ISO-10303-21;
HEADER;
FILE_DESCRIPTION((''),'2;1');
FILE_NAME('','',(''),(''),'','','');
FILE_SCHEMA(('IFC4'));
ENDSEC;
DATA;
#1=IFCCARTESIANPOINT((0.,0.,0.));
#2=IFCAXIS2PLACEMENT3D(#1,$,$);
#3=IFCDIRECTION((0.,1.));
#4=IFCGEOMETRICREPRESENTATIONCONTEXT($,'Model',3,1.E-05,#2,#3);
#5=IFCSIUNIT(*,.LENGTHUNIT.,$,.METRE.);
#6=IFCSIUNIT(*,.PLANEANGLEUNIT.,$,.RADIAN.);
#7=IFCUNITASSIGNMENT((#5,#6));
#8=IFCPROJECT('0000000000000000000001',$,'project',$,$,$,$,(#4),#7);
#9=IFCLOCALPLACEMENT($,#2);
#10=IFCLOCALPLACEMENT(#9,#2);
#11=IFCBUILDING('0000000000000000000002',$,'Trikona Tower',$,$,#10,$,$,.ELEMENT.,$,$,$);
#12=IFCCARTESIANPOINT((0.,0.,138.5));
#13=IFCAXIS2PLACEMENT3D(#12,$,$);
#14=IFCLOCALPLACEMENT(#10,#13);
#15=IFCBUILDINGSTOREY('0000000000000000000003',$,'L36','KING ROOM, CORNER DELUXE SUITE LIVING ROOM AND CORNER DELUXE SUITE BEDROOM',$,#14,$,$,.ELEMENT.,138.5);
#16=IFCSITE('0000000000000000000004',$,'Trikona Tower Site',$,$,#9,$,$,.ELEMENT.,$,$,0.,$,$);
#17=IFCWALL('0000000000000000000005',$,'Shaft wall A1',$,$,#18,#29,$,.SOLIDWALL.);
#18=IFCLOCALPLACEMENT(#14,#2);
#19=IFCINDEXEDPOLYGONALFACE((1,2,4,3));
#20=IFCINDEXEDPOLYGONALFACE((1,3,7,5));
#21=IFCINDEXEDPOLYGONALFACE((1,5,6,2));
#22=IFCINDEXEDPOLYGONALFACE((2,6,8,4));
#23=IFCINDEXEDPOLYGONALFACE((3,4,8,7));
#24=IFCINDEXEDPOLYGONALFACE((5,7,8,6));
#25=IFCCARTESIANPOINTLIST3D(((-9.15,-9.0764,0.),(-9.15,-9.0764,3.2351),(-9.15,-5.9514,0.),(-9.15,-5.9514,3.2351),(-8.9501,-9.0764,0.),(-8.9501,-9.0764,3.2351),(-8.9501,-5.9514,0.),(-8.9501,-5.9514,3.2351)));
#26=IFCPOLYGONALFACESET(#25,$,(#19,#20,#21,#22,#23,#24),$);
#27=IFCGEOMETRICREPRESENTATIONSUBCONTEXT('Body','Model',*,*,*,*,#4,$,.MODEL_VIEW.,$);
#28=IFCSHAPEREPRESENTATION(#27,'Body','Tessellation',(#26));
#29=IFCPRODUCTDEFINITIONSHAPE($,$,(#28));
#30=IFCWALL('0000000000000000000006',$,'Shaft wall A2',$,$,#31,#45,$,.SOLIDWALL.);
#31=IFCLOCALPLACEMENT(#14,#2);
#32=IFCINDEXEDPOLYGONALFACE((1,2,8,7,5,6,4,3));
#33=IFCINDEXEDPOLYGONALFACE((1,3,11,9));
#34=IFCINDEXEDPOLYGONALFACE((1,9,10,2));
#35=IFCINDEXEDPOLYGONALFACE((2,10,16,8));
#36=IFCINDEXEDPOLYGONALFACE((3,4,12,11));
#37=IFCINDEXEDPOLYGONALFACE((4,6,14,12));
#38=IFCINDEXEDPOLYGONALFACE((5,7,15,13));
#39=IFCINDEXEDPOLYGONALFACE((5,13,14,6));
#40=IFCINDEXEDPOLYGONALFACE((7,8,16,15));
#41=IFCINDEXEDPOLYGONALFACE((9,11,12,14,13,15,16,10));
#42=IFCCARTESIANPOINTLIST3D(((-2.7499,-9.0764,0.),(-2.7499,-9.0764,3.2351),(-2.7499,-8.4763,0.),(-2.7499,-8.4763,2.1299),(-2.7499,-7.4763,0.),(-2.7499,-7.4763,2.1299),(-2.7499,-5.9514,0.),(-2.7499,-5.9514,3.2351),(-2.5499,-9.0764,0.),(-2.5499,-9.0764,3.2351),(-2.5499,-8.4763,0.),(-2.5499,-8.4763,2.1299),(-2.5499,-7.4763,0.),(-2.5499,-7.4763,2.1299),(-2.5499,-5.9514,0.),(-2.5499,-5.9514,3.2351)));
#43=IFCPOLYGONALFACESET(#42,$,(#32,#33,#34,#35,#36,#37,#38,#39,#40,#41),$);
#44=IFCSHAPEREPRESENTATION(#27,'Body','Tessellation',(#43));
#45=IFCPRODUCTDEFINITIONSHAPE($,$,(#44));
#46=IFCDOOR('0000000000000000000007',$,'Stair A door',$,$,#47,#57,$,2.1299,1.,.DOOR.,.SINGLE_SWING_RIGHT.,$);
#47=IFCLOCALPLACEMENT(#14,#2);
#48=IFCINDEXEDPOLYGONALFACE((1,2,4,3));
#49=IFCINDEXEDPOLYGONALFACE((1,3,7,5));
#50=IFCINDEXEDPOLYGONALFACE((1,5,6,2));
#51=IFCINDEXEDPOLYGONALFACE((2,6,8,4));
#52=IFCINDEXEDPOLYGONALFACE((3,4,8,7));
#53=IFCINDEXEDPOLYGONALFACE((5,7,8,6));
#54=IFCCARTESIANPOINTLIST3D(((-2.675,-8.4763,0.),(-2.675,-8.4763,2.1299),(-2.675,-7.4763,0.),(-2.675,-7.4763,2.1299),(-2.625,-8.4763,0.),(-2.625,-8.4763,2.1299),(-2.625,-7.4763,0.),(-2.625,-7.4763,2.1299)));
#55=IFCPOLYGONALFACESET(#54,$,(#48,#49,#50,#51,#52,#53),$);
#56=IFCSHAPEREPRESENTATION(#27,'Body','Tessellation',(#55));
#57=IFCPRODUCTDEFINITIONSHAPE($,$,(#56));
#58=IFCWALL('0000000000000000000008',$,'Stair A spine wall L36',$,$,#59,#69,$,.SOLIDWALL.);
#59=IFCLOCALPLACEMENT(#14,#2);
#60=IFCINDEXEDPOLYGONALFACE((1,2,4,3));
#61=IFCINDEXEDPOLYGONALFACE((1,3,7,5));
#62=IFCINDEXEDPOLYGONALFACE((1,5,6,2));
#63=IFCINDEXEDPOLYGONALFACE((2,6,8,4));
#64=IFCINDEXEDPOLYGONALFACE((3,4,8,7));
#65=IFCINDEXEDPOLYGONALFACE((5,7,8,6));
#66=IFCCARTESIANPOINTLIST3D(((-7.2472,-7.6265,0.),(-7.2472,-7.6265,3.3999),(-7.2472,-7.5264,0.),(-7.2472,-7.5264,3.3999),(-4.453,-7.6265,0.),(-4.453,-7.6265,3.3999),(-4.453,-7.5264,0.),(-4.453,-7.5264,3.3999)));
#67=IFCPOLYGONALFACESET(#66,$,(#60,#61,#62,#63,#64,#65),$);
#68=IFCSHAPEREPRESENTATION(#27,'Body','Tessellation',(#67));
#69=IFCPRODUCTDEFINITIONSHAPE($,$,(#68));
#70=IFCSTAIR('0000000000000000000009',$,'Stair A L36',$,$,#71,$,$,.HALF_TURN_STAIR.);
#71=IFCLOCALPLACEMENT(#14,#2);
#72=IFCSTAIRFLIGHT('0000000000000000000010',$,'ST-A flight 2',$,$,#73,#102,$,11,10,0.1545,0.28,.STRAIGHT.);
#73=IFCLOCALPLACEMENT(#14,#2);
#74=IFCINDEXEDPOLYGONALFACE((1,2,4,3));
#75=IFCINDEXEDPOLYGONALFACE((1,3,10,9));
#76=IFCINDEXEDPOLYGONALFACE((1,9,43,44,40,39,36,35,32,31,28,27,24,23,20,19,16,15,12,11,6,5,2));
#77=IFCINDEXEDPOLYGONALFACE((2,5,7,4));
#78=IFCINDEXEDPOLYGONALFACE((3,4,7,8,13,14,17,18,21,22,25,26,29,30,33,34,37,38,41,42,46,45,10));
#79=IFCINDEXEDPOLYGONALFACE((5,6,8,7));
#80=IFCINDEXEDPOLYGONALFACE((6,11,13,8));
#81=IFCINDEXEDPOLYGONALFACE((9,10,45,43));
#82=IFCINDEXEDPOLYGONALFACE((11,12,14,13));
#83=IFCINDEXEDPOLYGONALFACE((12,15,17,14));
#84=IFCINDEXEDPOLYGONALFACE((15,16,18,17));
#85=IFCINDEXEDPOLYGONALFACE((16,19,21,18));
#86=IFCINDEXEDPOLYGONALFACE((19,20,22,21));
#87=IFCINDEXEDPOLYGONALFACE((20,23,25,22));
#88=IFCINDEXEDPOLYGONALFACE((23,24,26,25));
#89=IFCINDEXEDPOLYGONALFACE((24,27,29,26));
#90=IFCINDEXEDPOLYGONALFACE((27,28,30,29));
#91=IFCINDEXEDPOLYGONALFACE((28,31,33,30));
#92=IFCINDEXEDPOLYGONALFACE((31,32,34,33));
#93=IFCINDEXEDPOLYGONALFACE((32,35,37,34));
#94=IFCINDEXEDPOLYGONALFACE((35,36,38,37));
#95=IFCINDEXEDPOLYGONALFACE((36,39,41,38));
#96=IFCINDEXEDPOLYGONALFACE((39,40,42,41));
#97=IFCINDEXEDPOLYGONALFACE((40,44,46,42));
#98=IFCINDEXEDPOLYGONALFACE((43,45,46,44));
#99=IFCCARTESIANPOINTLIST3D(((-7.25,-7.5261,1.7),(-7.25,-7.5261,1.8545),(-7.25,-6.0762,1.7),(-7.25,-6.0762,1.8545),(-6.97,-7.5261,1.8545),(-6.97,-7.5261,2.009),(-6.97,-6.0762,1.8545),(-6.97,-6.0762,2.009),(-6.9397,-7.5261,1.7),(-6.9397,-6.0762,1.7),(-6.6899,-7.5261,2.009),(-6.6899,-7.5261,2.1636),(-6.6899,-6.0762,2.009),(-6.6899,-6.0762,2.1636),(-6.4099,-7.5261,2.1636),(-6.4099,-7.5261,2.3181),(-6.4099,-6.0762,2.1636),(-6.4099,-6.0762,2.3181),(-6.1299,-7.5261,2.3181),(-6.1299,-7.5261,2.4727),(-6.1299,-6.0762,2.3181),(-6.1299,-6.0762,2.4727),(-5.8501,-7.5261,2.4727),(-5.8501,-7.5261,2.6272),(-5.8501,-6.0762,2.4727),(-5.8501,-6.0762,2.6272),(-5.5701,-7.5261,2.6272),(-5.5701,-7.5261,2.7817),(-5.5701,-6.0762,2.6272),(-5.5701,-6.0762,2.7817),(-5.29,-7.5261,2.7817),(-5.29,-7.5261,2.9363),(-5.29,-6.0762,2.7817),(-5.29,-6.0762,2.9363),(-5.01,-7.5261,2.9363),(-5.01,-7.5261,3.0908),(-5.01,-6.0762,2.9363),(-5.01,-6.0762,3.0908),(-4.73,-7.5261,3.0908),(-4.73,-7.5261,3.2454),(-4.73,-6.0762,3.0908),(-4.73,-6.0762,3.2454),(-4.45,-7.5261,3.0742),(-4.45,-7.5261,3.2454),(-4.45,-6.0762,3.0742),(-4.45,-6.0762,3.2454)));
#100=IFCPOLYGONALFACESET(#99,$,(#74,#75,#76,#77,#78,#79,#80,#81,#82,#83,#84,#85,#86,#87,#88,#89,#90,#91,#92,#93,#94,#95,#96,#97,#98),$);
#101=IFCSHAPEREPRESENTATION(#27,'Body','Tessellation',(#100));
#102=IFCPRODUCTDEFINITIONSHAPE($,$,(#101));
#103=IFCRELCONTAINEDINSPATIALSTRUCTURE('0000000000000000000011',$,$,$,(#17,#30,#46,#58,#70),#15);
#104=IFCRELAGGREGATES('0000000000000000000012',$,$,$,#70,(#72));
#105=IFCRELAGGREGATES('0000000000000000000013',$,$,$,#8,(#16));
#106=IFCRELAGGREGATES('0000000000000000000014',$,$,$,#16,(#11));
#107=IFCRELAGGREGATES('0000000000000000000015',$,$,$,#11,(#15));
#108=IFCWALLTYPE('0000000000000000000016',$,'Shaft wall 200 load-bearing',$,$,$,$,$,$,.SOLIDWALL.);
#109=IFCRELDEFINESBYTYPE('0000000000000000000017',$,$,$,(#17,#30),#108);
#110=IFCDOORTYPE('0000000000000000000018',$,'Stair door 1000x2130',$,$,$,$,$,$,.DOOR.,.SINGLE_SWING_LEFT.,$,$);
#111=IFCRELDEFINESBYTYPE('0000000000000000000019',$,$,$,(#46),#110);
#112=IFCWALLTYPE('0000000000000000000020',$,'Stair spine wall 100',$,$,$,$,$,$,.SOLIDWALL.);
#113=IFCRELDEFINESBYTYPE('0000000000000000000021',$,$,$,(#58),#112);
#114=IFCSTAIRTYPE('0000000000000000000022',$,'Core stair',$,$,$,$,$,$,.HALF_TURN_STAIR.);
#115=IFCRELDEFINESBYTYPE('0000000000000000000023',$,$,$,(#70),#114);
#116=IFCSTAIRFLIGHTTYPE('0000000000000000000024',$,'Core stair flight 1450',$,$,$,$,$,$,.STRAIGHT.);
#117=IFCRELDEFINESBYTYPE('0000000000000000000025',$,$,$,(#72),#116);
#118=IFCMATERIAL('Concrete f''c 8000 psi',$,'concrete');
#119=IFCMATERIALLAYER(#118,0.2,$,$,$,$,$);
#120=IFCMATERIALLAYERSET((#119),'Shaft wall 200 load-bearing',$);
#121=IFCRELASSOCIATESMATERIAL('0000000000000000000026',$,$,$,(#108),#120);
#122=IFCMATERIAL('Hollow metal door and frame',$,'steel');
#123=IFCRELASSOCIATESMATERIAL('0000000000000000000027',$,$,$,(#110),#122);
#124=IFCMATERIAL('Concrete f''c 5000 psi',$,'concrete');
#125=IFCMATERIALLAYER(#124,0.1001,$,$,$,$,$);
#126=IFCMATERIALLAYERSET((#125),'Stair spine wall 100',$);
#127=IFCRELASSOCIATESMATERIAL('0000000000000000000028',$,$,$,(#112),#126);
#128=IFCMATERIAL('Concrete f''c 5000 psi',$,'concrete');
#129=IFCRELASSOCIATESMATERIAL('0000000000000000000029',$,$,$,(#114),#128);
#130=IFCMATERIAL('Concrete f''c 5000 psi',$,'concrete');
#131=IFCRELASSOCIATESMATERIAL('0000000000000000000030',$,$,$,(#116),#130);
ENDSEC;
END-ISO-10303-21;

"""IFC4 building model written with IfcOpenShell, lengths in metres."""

from ifc_helpers import new_model, si_unit, direction, frame, frame_2d, origin, place, context, subcontext, project, spatial, polyline, rectangle, outline, extrude, material, layer, layer_set, type_object, element, fill, aggregate, save


model = new_model("IFC4")

# Units and contexts
model_context = context("Model", 3, precision=1e-05, world=origin(), true_north=direction((0.0, 1.0)))
body_context = subcontext(model_context, "Body", "Model", "MODEL_VIEW")
ifc_project = project(units=[si_unit("LENGTHUNIT", "METRE"), si_unit("PLANEANGLEUNIT", "RADIAN")], contexts=[model_context])

# Site, building, storey
site_placement = place(None, origin())
site = spatial("IfcSite", under=ifc_project, at=site_placement, Name="Trikona Tower Site", CompositionType="ELEMENT", RefElevation=0.0)
building_placement = place(site_placement, origin())
building = spatial("IfcBuilding", under=site, at=building_placement, Name="Trikona Tower", CompositionType="ELEMENT")
storey_placement = place(building_placement, frame((0.0, 0.0, 138.5)))
storey = spatial("IfcBuildingStorey", under=building, at=storey_placement, Name="L36", Description="KING ROOM, CORNER DELUXE SUITE LIVING ROOM AND CORNER DELUXE SUITE BEDROOM", CompositionType="ELEMENT", Elevation=138.5)

# Wall
ifc_material_1 = material(Name="Concrete f'c 8000 psi", Category="concrete")
ifc_layer_1 = layer(ifc_material_1, 0.2)
ifc_layer_set_1 = layer_set([ifc_layer_1], Name="Shaft wall 200 load-bearing")
wall_type_1 = type_object("IfcWallType", Name="Shaft wall 200 load-bearing", PredefinedType="SOLIDWALL", material=ifc_layer_set_1)
wall_1_placement = place(storey_placement, frame((-9.05, -5.9514, 0.0), z_axis=(0.0, 0.0, 1.0), x_axis=(0.0, -1.0, 0.0)))
element("IfcWall", 1, at=wall_1_placement, inside=storey, type_object=wall_type_1, Name="Shaft wall A1", PredefinedType="SOLIDWALL", context=body_context, shape_type="SweptSolid", body=[
    extrude(rectangle(XDim=3.125, YDim=0.2, at=frame_2d((1.5625, 0.0))), origin(), (0.0, 0.0, 1.0), 3.2351),
])

# Wall, opening, door
wall_2_placement = place(storey_placement, frame((-2.6499, -5.9514, 0.0), z_axis=(0.0, 0.0, 1.0), x_axis=(0.0, -1.0, 0.0)))
wall_2 = element("IfcWall", 2, at=wall_2_placement, inside=storey, type_object=wall_type_1, Name="Shaft wall A2", PredefinedType="SOLIDWALL", context=body_context, shape_type="SweptSolid", body=[
    extrude(rectangle(XDim=3.125, YDim=0.2, at=frame_2d((1.5625, 0.0))), origin(), (0.0, 0.0, 1.0), 3.2351),
])
opening_1_placement = place(wall_2_placement, frame((1.5249, 0.0, 0.0)))
opening_1 = element("IfcOpeningElement", 3, at=opening_1_placement, cuts=wall_2, PredefinedType="OPENING", context=body_context, shape_type="SweptSolid", body=[
    extrude(rectangle(XDim=1.0, YDim=2.1299, at=frame_2d((0.5, 1.0649))), frame((0.0, 0.1099, 0.0), z_axis=(0.0, -1.0, 0.0), x_axis=(1.0, 0.0, 0.0)), (0.0, 0.0, 1.0), 0.22),
])
ifc_material_2 = material(Name="Hollow metal door and frame", Category="steel")
door_type_1 = type_object("IfcDoorType", Name="Stair door 1000x2130", OperationType="SINGLE_SWING_LEFT", PredefinedType="DOOR", material=ifc_material_2)
door_1_placement = place(opening_1_placement, origin())
door_1 = element("IfcDoor", 4, at=door_1_placement, inside=storey, type_object=door_type_1, Name="Stair A door", OperationType="SINGLE_SWING_RIGHT", OverallHeight=2.1299, OverallWidth=1.0, PredefinedType="DOOR", context=body_context, shape_type="SweptSolid", body=[
    extrude(rectangle(XDim=1.0, YDim=2.1299, at=frame_2d((0.5, 1.0649))), frame((0.0, 0.0249, 0.0), z_axis=(0.0, -1.0, 0.0), x_axis=(1.0, 0.0, 0.0)), (0.0, 0.0, 1.0), 0.05),
])
fill(opening_1, door_1)

# Wall
ifc_material_3 = material(Name="Concrete f'c 5000 psi", Category="concrete")
ifc_layer_2 = layer(ifc_material_3, 0.1001)
ifc_layer_set_2 = layer_set([ifc_layer_2], Name="Stair spine wall 100")
wall_type_2 = type_object("IfcWallType", Name="Stair spine wall 100", PredefinedType="SOLIDWALL", material=ifc_layer_set_2)
wall_3_placement = place(storey_placement, frame((-7.2471, -7.5764, 0.0), z_axis=(0.0, 0.0, 1.0), x_axis=(1.0, 0.0, 0.0)))
element("IfcWall", 5, at=wall_3_placement, inside=storey, type_object=wall_type_2, Name="Stair A spine wall L36", PredefinedType="SOLIDWALL", context=body_context, shape_type="SweptSolid", body=[
    extrude(rectangle(XDim=2.7942, YDim=0.1001, at=frame_2d((1.397, 0.0))), origin(), (0.0, 0.0, 1.0), 3.3999),
])

# Stair, stair flight
ifc_material_4 = material(Name="Concrete f'c 5000 psi", Category="concrete")
stair_type = type_object("IfcStairType", Name="Core stair", PredefinedType="HALF_TURN_STAIR", material=ifc_material_4)
stair_placement = place(storey_placement, origin())
stair = element("IfcStair", 6, at=stair_placement, inside=storey, type_object=stair_type, Name="Stair A L36", PredefinedType="HALF_TURN_STAIR")
ifc_material_5 = material(Name="Concrete f'c 5000 psi", Category="concrete")
stair_flight_type = type_object("IfcStairFlightType", Name="Core stair flight 1450", PredefinedType="STRAIGHT", material=ifc_material_5)
stair_flight_placement = place(storey_placement, frame((-7.25, -6.8013, 1.7), z_axis=(0.0, 0.0, 1.0), x_axis=(1.0, 0.0, 0.0)))
stair_flight = element("IfcStairFlight", 7, at=stair_flight_placement, type_object=stair_flight_type, Name="ST-A flight 2", NumberOfRisers=11, NumberOfTreads=10, PredefinedType="STRAIGHT", RiserHeight=0.1545, TreadLength=0.28, context=body_context, shape_type="SweptSolid", body=[
    extrude(outline(polyline([(0.0, 0.0), (0.0, 0.1545), (0.28, 0.1545), (0.28, 0.3091), (0.5601, 0.3091), (0.5601, 0.4636), (0.8401, 0.4636), (0.8401, 0.6182), (1.1201, 0.6182), (1.1201, 0.7727), (1.3999, 0.7727), (1.3999, 0.9272), (1.6799, 0.9272), (1.6799, 1.0818), (1.96, 1.0818), (1.96, 1.2363), (2.24, 1.2363), (2.24, 1.3909), (2.52, 1.3909), (2.52, 1.5454), (2.8, 1.5454), (2.8, 1.7), (2.8, 1.3743), (0.3103, 0.0), (0.0, 0.0)])), frame((0.0, 0.7251, 0.0), z_axis=(0.0, -1.0, 0.0), x_axis=(1.0, 0.0, 0.0)), (0.0, 0.0, 1.0), 1.45),
])
aggregate(stair, [stair_flight])

save(model, "model.ifc")
